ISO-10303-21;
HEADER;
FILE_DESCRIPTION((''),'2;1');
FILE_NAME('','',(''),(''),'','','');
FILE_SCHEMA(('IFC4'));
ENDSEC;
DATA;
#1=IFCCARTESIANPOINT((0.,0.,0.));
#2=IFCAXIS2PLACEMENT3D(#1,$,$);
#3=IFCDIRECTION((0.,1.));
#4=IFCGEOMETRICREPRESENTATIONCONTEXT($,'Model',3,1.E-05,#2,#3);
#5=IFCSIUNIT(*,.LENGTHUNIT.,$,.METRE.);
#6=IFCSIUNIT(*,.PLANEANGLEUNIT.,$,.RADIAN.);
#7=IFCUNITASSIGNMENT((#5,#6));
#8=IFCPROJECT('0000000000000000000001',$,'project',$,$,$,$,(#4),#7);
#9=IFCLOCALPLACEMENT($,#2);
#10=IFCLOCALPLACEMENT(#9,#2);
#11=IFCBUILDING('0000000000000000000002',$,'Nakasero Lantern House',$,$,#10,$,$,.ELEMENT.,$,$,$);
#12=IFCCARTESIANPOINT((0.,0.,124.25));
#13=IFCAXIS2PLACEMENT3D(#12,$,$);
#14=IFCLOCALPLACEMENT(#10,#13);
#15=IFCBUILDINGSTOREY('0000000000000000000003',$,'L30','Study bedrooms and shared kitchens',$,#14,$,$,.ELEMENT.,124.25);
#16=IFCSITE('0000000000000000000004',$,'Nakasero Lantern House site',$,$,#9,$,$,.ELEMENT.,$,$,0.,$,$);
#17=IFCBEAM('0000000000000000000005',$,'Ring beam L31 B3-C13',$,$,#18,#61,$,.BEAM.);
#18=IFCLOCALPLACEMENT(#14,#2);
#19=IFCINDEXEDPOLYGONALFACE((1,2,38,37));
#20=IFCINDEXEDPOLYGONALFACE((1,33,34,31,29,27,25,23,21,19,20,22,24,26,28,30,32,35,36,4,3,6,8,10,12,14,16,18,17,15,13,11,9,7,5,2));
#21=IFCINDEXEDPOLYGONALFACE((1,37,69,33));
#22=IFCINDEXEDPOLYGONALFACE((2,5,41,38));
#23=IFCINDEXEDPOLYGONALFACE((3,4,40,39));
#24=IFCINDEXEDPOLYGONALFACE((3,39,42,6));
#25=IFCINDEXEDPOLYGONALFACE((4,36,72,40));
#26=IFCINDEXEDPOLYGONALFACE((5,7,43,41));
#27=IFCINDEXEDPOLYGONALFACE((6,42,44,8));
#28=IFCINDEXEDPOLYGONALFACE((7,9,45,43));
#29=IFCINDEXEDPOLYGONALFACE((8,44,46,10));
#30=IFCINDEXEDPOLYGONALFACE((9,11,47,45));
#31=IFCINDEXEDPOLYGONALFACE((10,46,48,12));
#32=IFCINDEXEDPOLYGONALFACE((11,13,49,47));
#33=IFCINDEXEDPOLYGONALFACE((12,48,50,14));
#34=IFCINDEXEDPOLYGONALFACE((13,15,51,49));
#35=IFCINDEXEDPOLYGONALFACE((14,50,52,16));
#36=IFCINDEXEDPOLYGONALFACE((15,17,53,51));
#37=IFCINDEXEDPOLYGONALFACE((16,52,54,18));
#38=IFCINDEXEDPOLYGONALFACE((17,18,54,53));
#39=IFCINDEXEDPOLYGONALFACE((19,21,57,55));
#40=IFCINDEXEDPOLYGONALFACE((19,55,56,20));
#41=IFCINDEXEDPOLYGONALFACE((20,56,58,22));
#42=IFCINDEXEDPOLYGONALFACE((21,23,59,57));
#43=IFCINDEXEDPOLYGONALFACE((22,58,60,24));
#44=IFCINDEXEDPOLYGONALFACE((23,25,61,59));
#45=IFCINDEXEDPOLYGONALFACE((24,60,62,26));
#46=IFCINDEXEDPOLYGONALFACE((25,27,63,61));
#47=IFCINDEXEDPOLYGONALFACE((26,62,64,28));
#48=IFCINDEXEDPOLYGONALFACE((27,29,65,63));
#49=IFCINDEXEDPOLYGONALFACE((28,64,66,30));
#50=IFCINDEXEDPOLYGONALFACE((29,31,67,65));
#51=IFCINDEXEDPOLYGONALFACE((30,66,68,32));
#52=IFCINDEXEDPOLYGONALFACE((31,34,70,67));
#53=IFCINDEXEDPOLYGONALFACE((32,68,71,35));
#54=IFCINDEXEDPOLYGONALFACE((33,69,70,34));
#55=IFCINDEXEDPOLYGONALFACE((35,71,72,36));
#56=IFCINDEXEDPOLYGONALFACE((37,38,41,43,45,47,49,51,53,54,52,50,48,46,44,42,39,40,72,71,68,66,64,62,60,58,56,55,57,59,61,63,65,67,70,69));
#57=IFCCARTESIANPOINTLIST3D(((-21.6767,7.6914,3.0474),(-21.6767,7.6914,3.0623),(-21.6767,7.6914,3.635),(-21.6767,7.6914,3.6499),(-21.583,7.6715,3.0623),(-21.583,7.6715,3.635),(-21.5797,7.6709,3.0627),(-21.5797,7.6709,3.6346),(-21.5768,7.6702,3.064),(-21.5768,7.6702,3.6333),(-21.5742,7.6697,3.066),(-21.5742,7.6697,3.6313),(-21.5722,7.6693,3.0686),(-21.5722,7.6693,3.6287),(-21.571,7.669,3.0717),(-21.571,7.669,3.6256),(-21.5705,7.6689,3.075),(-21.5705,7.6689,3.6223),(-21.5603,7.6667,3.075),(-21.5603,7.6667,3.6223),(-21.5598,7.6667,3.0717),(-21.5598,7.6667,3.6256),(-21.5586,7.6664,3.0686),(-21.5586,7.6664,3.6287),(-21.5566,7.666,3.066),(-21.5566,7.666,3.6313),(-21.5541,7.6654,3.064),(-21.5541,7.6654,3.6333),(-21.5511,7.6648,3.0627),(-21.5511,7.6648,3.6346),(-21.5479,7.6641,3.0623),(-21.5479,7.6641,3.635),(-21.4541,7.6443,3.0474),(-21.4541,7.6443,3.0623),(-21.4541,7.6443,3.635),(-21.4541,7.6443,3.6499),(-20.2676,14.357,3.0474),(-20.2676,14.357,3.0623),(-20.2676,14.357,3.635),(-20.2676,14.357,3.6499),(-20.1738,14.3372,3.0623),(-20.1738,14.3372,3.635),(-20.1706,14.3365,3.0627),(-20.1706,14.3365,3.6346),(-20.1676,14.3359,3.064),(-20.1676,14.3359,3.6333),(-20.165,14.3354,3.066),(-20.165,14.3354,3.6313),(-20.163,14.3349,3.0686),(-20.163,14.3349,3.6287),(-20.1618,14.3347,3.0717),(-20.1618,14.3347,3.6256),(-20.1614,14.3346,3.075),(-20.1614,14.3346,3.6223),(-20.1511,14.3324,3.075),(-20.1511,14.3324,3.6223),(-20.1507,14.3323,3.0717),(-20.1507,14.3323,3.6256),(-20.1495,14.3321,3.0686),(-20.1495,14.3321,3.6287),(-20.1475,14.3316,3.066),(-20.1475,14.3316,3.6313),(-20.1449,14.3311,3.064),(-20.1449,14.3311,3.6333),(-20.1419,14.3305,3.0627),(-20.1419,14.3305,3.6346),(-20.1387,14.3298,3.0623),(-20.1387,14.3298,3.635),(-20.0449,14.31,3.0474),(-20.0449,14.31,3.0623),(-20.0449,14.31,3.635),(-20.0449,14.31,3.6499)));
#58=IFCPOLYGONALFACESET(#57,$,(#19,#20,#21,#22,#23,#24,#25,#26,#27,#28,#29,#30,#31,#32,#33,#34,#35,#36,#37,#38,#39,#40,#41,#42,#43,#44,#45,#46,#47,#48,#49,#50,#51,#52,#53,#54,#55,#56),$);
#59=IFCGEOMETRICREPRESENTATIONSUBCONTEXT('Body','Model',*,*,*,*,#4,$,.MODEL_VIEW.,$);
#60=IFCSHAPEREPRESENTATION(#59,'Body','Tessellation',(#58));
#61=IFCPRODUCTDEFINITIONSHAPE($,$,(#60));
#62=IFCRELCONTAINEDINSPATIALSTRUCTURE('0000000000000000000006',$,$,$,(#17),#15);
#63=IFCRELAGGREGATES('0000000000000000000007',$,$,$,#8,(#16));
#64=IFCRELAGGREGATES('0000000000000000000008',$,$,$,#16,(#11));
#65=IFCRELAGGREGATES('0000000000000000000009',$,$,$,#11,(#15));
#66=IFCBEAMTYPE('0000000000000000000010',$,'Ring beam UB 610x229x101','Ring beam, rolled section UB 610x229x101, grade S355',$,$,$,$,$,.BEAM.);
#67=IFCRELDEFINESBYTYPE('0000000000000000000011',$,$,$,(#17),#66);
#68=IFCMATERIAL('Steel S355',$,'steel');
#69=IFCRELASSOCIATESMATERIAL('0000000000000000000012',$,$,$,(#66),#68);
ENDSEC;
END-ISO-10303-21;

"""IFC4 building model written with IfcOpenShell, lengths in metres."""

from ifc_helpers import new_model, si_unit, direction, frame, origin, origin_2d, place, context, subcontext, project, spatial, i_section, extrude, material, material_profile, profile_set, type_object, element, save


model = new_model("IFC4")

# Units and contexts
model_context = context("Model", 3, precision=1e-05, world=origin(), true_north=direction((0.0, 1.0)))
body_context = subcontext(model_context, "Body", "Model", "MODEL_VIEW")
ifc_project = project(units=[si_unit("LENGTHUNIT", "METRE"), si_unit("PLANEANGLEUNIT", "RADIAN")], contexts=[model_context])

# Site, building, storey
site_placement = place(None, origin())
site = spatial("IfcSite", under=ifc_project, at=site_placement, Name="Nakasero Lantern House site", CompositionType="ELEMENT", RefElevation=0.0)
building_placement = place(site_placement, origin())
building = spatial("IfcBuilding", under=site, at=building_placement, Name="Nakasero Lantern House", CompositionType="ELEMENT")
storey_placement = place(building_placement, frame((0.0, 0.0, 124.25)))
storey = spatial("IfcBuildingStorey", under=building, at=storey_placement, Name="L30", Description="Study bedrooms and shared kitchens", CompositionType="ELEMENT", Elevation=124.25)

# Beam
ifc_material_1 = material(Name="Steel S355", Category="steel")
ifc_material_profile_1 = material_profile(ifc_material_1, i_section(OverallWidth=0.2275, OverallDepth=0.6025, WebThickness=0.0105, FlangeThickness=0.0149, FilletRadius=0.0127, at=origin_2d()), Name="UB 610x229x101")
ifc_profile_set_1 = profile_set([ifc_material_profile_1], Name="Steel S355")
beam_type_1 = type_object("IfcBeamType", Name="Ring beam UB 610x229x101", Description="Ring beam, rolled section UB 610x229x101, grade S355", PredefinedType="BEAM", material=ifc_profile_set_1)
beam_1_placement = place(storey_placement, frame((-20.1562, 14.3335, 3.3486), z_axis=(-0.206834, -0.978376, 0.0), x_axis=(0.978376, -0.206834, 0.0)))
element("IfcBeam", 1, at=beam_1_placement, inside=storey, type_object=beam_type_1, Name="Ring beam L31 B3-C13", PredefinedType="BEAM", context=body_context, shape_type="SweptSolid", body=[
    extrude(i_section(OverallWidth=0.2275, OverallDepth=0.6025, WebThickness=0.0105, FlangeThickness=0.0149, FilletRadius=0.0127, at=origin_2d()), origin(), (0.0, 0.0, 1.0), 6.813),
])

save(model, "model.ifc")
